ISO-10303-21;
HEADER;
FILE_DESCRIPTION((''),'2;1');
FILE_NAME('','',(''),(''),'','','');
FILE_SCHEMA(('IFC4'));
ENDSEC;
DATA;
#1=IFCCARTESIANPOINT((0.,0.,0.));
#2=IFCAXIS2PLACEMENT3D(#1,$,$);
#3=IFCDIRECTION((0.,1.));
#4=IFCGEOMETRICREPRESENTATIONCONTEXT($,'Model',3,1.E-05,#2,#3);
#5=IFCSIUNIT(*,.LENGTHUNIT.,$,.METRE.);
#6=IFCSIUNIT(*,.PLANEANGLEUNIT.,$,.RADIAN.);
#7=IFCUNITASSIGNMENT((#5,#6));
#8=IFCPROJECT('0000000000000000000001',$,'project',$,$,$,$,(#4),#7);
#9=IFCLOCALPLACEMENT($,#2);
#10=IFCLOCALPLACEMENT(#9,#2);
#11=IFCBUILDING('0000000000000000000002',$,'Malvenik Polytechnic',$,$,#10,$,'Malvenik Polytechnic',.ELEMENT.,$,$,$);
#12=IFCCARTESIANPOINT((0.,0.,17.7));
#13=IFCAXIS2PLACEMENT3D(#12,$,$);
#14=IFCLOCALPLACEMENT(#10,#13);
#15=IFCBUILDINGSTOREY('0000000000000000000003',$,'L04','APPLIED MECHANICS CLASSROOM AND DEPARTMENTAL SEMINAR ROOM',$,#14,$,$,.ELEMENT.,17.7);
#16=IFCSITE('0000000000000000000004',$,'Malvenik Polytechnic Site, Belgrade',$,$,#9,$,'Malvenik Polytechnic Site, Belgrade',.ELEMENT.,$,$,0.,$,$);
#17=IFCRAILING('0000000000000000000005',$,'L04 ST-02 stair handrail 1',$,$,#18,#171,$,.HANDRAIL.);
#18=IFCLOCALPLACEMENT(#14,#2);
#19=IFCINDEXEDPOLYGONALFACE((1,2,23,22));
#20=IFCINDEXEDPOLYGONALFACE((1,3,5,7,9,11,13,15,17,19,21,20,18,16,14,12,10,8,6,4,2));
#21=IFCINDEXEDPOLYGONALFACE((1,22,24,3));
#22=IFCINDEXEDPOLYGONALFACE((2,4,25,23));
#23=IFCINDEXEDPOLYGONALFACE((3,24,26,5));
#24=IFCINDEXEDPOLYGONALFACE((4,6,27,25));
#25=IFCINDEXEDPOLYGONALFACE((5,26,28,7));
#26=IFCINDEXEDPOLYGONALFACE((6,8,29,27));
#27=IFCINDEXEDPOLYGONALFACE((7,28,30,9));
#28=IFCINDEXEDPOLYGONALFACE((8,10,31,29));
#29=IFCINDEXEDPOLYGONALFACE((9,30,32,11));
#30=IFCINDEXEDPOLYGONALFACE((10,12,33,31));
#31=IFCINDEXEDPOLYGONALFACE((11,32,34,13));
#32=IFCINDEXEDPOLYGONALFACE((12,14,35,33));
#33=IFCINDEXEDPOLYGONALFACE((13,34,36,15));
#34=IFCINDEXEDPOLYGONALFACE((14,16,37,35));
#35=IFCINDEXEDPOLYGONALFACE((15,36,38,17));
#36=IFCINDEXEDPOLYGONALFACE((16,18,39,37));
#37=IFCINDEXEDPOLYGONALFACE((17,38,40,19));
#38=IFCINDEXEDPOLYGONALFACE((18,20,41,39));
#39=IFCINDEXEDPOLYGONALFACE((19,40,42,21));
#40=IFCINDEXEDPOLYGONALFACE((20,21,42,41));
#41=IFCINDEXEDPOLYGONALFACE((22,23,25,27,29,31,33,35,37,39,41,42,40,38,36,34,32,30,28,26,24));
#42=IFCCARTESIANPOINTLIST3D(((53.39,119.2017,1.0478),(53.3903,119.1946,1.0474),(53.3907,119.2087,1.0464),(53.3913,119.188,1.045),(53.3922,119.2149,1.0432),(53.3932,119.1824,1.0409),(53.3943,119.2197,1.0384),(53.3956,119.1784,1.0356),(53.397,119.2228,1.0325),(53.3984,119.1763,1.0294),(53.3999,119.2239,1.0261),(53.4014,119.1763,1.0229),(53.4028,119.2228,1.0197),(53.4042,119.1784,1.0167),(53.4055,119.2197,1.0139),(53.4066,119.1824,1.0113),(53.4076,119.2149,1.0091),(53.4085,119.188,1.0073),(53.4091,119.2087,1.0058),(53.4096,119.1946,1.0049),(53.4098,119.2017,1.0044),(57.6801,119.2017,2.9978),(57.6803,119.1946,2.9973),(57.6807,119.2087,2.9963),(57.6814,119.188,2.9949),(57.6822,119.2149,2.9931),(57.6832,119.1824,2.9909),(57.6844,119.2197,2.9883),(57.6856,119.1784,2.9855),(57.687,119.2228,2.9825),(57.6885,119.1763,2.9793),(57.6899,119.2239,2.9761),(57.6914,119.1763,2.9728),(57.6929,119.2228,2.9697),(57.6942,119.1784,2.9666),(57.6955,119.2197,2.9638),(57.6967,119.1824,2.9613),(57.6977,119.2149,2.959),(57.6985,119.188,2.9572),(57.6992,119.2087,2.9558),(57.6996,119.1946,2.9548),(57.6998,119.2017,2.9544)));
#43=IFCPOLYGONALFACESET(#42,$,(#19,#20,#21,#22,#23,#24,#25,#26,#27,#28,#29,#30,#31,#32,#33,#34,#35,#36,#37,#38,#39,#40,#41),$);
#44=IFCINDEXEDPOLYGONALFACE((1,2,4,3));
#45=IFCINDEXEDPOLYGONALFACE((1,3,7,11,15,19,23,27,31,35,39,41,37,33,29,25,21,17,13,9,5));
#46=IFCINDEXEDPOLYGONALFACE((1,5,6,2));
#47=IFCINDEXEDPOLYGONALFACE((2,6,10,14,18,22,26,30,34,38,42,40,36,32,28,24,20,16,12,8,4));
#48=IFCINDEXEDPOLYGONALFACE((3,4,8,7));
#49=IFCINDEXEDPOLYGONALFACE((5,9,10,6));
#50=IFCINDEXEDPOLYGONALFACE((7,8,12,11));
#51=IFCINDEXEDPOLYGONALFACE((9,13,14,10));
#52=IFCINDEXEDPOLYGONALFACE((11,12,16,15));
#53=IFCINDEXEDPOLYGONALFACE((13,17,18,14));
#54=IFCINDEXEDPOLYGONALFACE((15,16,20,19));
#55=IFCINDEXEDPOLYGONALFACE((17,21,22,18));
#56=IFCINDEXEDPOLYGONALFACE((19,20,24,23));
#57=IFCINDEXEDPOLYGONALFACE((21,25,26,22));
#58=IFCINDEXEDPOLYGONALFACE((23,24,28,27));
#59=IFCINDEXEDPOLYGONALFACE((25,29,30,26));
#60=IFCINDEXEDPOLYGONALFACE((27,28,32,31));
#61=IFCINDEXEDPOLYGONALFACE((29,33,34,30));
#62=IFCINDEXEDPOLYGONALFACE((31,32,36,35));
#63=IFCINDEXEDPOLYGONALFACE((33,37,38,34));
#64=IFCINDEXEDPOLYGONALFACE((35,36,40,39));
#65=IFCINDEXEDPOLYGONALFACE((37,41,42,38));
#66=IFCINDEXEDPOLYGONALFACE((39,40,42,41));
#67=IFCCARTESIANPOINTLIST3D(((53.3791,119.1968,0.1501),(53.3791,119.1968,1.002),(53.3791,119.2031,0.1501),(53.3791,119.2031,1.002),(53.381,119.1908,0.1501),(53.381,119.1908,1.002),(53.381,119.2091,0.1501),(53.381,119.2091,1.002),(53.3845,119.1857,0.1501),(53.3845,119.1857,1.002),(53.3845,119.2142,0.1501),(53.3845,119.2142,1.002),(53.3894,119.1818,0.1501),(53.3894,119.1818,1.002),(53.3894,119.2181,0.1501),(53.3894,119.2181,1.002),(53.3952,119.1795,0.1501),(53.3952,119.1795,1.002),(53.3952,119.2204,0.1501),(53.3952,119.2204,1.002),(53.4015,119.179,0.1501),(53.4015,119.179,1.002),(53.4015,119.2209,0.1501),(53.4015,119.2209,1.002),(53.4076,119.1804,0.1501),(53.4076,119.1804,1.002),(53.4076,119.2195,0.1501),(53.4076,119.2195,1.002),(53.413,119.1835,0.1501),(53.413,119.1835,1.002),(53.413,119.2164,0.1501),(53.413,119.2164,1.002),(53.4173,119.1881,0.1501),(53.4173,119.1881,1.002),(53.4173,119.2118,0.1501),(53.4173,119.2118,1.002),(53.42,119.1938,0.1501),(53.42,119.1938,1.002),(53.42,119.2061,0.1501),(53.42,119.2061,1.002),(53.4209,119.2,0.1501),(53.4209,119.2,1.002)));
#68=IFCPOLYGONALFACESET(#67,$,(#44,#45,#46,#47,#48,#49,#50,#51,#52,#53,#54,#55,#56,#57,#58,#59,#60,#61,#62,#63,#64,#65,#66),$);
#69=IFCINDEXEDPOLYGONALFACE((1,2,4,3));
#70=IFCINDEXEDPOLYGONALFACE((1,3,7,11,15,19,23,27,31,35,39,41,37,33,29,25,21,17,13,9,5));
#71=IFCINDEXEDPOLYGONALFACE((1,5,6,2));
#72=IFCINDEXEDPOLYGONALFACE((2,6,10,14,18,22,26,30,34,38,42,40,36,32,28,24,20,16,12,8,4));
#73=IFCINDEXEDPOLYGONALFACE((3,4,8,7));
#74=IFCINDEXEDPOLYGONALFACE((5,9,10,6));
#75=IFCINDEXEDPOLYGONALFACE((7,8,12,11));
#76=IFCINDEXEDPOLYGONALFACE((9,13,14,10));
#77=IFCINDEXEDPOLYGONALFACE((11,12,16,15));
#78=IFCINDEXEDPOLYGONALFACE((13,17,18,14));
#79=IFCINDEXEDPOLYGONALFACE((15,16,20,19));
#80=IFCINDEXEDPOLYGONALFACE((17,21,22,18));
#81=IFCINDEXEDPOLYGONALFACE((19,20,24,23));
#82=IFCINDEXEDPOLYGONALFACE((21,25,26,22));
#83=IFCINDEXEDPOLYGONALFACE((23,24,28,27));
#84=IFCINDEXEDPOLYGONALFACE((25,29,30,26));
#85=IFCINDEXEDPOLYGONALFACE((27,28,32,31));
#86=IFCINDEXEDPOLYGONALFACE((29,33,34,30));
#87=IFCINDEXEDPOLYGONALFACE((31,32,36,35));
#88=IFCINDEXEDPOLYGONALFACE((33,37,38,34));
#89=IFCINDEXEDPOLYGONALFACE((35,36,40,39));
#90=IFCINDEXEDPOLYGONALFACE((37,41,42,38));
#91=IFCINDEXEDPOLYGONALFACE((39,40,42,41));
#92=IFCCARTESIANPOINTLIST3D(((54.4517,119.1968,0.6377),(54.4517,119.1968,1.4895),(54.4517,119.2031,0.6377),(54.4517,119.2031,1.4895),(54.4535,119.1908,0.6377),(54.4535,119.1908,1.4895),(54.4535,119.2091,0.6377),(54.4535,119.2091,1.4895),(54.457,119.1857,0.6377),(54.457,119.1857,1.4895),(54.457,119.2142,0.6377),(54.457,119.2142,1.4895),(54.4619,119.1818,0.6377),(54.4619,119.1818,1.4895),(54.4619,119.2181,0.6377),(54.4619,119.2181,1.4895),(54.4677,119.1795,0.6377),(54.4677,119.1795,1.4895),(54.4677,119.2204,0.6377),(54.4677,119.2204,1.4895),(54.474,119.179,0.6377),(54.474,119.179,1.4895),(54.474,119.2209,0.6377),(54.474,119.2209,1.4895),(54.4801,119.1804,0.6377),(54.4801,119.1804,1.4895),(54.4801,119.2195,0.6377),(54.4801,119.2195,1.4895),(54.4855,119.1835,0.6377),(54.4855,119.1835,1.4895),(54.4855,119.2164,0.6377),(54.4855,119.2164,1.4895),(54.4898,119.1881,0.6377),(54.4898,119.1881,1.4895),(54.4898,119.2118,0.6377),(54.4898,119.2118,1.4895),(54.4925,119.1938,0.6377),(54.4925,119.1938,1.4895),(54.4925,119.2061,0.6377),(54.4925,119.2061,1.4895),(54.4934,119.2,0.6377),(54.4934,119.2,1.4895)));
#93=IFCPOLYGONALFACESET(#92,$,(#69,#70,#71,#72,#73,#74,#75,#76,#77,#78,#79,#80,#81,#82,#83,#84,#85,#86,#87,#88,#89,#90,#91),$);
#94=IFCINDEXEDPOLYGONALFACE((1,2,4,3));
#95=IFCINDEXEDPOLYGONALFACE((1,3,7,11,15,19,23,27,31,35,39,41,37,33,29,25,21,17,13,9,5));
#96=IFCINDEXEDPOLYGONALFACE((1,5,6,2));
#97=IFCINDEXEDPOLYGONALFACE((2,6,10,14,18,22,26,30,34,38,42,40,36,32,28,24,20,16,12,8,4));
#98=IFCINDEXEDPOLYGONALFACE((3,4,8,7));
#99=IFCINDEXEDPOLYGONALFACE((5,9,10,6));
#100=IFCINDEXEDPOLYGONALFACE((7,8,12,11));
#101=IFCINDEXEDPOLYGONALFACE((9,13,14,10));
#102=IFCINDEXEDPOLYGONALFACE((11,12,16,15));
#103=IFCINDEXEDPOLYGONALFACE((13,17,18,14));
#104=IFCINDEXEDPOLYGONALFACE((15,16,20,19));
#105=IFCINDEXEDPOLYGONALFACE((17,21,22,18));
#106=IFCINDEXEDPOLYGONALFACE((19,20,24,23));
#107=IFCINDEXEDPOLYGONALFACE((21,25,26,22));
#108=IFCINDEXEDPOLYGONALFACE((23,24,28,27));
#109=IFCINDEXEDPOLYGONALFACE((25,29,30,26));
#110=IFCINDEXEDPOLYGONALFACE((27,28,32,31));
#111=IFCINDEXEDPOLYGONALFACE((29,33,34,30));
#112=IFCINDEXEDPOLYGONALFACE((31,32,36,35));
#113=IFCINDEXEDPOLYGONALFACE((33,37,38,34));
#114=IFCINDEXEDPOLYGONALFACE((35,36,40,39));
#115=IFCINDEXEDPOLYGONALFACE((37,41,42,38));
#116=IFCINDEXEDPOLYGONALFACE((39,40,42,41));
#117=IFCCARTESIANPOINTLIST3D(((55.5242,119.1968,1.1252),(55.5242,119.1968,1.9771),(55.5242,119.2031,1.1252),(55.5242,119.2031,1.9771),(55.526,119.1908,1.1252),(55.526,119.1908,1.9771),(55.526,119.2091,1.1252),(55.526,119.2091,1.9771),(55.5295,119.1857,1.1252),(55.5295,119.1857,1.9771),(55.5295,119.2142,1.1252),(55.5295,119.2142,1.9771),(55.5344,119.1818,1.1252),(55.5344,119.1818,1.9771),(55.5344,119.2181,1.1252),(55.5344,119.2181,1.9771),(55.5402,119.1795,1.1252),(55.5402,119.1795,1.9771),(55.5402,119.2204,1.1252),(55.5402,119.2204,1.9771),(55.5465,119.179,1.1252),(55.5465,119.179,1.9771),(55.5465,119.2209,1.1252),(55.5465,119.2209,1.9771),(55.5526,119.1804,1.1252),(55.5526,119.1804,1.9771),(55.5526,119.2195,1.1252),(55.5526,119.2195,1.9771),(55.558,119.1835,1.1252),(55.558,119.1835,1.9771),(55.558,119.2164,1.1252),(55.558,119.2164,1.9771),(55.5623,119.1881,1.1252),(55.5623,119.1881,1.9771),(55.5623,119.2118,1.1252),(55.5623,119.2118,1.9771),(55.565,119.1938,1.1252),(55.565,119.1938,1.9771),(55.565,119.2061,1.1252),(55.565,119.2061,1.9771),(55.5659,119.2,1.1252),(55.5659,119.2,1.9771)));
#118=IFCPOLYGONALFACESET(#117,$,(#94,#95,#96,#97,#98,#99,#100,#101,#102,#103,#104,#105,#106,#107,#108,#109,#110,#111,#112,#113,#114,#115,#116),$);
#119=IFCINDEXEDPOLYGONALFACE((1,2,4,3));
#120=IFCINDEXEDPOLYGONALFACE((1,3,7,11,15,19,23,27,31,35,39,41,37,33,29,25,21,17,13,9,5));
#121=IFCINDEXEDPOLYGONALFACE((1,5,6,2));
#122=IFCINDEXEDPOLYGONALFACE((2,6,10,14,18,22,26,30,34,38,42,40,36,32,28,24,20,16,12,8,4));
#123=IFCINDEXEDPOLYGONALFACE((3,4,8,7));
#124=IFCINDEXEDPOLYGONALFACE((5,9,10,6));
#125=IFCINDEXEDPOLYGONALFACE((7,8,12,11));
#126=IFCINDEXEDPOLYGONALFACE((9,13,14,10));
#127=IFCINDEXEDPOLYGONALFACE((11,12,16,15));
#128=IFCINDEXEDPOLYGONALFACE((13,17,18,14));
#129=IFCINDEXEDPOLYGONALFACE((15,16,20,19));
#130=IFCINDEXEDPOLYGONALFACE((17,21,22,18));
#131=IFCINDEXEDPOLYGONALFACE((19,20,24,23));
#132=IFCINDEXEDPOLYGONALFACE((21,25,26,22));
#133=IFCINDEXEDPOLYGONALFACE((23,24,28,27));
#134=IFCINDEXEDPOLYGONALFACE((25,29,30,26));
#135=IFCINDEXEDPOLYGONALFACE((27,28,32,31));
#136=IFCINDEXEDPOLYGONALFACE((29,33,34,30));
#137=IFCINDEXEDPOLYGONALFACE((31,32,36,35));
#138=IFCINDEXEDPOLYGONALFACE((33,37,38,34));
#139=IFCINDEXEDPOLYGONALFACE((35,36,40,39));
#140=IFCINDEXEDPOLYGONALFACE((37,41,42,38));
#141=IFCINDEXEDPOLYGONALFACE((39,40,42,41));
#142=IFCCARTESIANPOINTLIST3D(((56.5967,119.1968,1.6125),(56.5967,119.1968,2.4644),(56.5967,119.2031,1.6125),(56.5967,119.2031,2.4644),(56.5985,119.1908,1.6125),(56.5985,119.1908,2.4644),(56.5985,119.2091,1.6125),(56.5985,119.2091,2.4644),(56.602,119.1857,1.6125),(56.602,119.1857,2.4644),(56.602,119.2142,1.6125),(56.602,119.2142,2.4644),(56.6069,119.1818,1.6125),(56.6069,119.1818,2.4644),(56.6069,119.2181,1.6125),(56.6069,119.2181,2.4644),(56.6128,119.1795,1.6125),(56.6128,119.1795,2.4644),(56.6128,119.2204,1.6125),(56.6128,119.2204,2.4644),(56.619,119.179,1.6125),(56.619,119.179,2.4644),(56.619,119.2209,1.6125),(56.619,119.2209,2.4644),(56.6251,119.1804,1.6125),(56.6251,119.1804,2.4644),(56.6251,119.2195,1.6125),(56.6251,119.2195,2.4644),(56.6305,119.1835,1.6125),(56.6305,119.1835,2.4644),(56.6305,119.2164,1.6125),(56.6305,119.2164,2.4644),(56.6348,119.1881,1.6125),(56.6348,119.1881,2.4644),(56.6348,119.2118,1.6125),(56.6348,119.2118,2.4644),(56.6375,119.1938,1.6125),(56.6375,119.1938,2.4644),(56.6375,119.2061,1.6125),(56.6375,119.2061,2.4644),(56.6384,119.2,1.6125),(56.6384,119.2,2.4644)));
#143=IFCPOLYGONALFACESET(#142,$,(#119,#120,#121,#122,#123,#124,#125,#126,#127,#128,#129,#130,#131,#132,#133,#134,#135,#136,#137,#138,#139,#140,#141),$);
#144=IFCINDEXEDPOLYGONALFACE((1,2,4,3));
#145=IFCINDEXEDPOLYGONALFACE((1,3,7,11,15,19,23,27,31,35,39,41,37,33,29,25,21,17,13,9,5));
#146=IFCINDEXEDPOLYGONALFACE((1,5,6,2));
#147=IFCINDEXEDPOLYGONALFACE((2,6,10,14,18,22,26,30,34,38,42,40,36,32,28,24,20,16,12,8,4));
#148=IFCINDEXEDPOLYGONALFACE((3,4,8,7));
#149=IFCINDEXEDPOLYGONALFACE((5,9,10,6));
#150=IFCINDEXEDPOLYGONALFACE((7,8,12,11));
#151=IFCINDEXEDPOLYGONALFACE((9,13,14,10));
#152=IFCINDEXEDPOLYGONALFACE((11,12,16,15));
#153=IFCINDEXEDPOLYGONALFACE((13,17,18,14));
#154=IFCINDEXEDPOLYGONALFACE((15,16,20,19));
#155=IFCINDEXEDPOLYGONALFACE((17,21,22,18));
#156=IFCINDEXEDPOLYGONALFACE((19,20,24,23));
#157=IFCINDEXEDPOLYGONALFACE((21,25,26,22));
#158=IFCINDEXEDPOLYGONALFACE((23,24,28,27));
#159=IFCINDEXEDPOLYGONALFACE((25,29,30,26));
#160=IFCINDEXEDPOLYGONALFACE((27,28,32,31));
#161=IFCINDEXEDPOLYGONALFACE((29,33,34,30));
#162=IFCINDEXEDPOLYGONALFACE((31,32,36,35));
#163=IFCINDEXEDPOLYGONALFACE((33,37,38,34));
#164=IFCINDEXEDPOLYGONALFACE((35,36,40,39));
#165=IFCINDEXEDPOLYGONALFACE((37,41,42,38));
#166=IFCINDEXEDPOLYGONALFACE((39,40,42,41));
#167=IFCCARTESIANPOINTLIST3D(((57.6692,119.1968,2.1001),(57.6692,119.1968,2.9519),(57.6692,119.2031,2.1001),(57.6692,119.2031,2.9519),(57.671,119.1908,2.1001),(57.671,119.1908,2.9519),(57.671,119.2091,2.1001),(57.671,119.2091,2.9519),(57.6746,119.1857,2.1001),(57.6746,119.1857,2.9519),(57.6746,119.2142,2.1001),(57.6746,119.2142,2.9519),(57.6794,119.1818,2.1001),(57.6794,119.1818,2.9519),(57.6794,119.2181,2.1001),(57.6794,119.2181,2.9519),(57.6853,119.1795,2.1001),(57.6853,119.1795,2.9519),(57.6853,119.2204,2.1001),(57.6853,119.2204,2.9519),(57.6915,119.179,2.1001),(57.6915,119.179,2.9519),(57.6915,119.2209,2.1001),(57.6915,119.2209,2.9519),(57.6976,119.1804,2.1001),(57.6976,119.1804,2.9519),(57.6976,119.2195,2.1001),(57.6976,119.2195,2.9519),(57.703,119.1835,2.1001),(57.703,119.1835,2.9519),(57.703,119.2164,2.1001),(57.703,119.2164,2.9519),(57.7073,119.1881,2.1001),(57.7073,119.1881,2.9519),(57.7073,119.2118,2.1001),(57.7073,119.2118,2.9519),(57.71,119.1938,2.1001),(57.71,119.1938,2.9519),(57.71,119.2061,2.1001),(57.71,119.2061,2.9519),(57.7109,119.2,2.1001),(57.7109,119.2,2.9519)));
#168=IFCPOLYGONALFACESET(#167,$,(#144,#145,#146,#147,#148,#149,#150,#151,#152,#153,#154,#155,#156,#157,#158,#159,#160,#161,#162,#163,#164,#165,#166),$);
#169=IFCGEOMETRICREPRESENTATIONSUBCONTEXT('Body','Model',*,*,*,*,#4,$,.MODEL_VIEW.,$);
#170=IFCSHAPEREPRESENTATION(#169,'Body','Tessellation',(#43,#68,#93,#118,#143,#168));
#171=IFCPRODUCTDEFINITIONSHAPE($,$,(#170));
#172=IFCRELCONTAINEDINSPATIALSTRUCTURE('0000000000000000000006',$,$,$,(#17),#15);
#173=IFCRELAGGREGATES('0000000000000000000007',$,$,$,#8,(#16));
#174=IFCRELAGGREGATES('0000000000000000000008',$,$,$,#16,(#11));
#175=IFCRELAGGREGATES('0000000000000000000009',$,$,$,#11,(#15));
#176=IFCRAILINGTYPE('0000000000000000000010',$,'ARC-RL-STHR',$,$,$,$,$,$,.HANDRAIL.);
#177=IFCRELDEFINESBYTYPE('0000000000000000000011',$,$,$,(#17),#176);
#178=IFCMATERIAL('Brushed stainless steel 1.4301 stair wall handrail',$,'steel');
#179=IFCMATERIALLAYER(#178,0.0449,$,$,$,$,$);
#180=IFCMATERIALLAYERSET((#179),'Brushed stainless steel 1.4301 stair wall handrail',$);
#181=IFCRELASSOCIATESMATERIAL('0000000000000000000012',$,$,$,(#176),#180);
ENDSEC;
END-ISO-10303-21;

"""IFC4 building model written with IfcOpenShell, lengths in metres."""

from ifc_helpers import new_model, si_unit, direction, frame, origin, origin_2d, place, context, subcontext, project, spatial, circle, extrude, material, layer, layer_set, type_object, element, save


model = new_model("IFC4")

# Units and contexts
model_context = context("Model", 3, precision=1e-05, world=origin(), true_north=direction((0.0, 1.0)))
body_context = subcontext(model_context, "Body", "Model", "MODEL_VIEW")
ifc_project = project(units=[si_unit("LENGTHUNIT", "METRE"), si_unit("PLANEANGLEUNIT", "RADIAN")], contexts=[model_context])

# Site, building, storey
site_placement = place(None, origin())
site = spatial("IfcSite", under=ifc_project, at=site_placement, Name="Malvenik Polytechnic Site, Belgrade", LongName="Malvenik Polytechnic Site, Belgrade", CompositionType="ELEMENT", RefElevation=0.0)
building_placement = place(site_placement, origin())
building = spatial("IfcBuilding", under=site, at=building_placement, Name="Malvenik Polytechnic", LongName="Malvenik Polytechnic", CompositionType="ELEMENT")
storey_placement = place(building_placement, frame((0.0, 0.0, 17.7)))
storey = spatial("IfcBuildingStorey", under=building, at=storey_placement, Name="L04", Description="APPLIED MECHANICS CLASSROOM AND DEPARTMENTAL SEMINAR ROOM", CompositionType="ELEMENT", Elevation=17.7)

# Railing
ifc_material_1 = material(Name="Brushed stainless steel 1.4301 stair wall handrail", Category="steel")
ifc_layer_1 = layer(ifc_material_1, 0.0449)
ifc_layer_set_1 = layer_set([ifc_layer_1], Name="Brushed stainless steel 1.4301 stair wall handrail")
railing_type_1 = type_object("IfcRailingType", Name="ARC-RL-STHR", PredefinedType="HANDRAIL", material=ifc_layer_set_1)
railing_1_placement = place(storey_placement, frame((53.3999, 119.2, 0.1501)))
element("IfcRailing", 1, at=railing_1_placement, inside=storey, type_object=railing_type_1, Name="L04 ST-02 stair handrail 1", PredefinedType="HANDRAIL", context=body_context, shape_type="SweptSolid", body=[
    extrude(circle(Radius=0.0239, at=origin_2d()), frame((0.0, 0.0, 0.876), z_axis=(0.910372, 0.0, 0.413791), x_axis=(0.0, 1.0, 0.0)), (0.0, 0.0, 1.0), 4.7124),
    extrude(circle(Radius=0.021, at=origin_2d()), origin(), (0.0, 0.0, 1.0), 0.8518),
    extrude(circle(Radius=0.021, at=origin_2d()), frame((1.0725, 0.0, 0.4875)), (0.0, 0.0, 1.0), 0.8518),
    extrude(circle(Radius=0.021, at=origin_2d()), frame((2.145, 0.0, 0.9751)), (0.0, 0.0, 1.0), 0.8518),
    extrude(circle(Radius=0.021, at=origin_2d()), frame((3.2175, 0.0, 1.4624)), (0.0, 0.0, 1.0), 0.8518),
    extrude(circle(Radius=0.021, at=origin_2d()), frame((4.29, 0.0, 1.95)), (0.0, 0.0, 1.0), 0.8518),
])

save(model, "model.ifc")
